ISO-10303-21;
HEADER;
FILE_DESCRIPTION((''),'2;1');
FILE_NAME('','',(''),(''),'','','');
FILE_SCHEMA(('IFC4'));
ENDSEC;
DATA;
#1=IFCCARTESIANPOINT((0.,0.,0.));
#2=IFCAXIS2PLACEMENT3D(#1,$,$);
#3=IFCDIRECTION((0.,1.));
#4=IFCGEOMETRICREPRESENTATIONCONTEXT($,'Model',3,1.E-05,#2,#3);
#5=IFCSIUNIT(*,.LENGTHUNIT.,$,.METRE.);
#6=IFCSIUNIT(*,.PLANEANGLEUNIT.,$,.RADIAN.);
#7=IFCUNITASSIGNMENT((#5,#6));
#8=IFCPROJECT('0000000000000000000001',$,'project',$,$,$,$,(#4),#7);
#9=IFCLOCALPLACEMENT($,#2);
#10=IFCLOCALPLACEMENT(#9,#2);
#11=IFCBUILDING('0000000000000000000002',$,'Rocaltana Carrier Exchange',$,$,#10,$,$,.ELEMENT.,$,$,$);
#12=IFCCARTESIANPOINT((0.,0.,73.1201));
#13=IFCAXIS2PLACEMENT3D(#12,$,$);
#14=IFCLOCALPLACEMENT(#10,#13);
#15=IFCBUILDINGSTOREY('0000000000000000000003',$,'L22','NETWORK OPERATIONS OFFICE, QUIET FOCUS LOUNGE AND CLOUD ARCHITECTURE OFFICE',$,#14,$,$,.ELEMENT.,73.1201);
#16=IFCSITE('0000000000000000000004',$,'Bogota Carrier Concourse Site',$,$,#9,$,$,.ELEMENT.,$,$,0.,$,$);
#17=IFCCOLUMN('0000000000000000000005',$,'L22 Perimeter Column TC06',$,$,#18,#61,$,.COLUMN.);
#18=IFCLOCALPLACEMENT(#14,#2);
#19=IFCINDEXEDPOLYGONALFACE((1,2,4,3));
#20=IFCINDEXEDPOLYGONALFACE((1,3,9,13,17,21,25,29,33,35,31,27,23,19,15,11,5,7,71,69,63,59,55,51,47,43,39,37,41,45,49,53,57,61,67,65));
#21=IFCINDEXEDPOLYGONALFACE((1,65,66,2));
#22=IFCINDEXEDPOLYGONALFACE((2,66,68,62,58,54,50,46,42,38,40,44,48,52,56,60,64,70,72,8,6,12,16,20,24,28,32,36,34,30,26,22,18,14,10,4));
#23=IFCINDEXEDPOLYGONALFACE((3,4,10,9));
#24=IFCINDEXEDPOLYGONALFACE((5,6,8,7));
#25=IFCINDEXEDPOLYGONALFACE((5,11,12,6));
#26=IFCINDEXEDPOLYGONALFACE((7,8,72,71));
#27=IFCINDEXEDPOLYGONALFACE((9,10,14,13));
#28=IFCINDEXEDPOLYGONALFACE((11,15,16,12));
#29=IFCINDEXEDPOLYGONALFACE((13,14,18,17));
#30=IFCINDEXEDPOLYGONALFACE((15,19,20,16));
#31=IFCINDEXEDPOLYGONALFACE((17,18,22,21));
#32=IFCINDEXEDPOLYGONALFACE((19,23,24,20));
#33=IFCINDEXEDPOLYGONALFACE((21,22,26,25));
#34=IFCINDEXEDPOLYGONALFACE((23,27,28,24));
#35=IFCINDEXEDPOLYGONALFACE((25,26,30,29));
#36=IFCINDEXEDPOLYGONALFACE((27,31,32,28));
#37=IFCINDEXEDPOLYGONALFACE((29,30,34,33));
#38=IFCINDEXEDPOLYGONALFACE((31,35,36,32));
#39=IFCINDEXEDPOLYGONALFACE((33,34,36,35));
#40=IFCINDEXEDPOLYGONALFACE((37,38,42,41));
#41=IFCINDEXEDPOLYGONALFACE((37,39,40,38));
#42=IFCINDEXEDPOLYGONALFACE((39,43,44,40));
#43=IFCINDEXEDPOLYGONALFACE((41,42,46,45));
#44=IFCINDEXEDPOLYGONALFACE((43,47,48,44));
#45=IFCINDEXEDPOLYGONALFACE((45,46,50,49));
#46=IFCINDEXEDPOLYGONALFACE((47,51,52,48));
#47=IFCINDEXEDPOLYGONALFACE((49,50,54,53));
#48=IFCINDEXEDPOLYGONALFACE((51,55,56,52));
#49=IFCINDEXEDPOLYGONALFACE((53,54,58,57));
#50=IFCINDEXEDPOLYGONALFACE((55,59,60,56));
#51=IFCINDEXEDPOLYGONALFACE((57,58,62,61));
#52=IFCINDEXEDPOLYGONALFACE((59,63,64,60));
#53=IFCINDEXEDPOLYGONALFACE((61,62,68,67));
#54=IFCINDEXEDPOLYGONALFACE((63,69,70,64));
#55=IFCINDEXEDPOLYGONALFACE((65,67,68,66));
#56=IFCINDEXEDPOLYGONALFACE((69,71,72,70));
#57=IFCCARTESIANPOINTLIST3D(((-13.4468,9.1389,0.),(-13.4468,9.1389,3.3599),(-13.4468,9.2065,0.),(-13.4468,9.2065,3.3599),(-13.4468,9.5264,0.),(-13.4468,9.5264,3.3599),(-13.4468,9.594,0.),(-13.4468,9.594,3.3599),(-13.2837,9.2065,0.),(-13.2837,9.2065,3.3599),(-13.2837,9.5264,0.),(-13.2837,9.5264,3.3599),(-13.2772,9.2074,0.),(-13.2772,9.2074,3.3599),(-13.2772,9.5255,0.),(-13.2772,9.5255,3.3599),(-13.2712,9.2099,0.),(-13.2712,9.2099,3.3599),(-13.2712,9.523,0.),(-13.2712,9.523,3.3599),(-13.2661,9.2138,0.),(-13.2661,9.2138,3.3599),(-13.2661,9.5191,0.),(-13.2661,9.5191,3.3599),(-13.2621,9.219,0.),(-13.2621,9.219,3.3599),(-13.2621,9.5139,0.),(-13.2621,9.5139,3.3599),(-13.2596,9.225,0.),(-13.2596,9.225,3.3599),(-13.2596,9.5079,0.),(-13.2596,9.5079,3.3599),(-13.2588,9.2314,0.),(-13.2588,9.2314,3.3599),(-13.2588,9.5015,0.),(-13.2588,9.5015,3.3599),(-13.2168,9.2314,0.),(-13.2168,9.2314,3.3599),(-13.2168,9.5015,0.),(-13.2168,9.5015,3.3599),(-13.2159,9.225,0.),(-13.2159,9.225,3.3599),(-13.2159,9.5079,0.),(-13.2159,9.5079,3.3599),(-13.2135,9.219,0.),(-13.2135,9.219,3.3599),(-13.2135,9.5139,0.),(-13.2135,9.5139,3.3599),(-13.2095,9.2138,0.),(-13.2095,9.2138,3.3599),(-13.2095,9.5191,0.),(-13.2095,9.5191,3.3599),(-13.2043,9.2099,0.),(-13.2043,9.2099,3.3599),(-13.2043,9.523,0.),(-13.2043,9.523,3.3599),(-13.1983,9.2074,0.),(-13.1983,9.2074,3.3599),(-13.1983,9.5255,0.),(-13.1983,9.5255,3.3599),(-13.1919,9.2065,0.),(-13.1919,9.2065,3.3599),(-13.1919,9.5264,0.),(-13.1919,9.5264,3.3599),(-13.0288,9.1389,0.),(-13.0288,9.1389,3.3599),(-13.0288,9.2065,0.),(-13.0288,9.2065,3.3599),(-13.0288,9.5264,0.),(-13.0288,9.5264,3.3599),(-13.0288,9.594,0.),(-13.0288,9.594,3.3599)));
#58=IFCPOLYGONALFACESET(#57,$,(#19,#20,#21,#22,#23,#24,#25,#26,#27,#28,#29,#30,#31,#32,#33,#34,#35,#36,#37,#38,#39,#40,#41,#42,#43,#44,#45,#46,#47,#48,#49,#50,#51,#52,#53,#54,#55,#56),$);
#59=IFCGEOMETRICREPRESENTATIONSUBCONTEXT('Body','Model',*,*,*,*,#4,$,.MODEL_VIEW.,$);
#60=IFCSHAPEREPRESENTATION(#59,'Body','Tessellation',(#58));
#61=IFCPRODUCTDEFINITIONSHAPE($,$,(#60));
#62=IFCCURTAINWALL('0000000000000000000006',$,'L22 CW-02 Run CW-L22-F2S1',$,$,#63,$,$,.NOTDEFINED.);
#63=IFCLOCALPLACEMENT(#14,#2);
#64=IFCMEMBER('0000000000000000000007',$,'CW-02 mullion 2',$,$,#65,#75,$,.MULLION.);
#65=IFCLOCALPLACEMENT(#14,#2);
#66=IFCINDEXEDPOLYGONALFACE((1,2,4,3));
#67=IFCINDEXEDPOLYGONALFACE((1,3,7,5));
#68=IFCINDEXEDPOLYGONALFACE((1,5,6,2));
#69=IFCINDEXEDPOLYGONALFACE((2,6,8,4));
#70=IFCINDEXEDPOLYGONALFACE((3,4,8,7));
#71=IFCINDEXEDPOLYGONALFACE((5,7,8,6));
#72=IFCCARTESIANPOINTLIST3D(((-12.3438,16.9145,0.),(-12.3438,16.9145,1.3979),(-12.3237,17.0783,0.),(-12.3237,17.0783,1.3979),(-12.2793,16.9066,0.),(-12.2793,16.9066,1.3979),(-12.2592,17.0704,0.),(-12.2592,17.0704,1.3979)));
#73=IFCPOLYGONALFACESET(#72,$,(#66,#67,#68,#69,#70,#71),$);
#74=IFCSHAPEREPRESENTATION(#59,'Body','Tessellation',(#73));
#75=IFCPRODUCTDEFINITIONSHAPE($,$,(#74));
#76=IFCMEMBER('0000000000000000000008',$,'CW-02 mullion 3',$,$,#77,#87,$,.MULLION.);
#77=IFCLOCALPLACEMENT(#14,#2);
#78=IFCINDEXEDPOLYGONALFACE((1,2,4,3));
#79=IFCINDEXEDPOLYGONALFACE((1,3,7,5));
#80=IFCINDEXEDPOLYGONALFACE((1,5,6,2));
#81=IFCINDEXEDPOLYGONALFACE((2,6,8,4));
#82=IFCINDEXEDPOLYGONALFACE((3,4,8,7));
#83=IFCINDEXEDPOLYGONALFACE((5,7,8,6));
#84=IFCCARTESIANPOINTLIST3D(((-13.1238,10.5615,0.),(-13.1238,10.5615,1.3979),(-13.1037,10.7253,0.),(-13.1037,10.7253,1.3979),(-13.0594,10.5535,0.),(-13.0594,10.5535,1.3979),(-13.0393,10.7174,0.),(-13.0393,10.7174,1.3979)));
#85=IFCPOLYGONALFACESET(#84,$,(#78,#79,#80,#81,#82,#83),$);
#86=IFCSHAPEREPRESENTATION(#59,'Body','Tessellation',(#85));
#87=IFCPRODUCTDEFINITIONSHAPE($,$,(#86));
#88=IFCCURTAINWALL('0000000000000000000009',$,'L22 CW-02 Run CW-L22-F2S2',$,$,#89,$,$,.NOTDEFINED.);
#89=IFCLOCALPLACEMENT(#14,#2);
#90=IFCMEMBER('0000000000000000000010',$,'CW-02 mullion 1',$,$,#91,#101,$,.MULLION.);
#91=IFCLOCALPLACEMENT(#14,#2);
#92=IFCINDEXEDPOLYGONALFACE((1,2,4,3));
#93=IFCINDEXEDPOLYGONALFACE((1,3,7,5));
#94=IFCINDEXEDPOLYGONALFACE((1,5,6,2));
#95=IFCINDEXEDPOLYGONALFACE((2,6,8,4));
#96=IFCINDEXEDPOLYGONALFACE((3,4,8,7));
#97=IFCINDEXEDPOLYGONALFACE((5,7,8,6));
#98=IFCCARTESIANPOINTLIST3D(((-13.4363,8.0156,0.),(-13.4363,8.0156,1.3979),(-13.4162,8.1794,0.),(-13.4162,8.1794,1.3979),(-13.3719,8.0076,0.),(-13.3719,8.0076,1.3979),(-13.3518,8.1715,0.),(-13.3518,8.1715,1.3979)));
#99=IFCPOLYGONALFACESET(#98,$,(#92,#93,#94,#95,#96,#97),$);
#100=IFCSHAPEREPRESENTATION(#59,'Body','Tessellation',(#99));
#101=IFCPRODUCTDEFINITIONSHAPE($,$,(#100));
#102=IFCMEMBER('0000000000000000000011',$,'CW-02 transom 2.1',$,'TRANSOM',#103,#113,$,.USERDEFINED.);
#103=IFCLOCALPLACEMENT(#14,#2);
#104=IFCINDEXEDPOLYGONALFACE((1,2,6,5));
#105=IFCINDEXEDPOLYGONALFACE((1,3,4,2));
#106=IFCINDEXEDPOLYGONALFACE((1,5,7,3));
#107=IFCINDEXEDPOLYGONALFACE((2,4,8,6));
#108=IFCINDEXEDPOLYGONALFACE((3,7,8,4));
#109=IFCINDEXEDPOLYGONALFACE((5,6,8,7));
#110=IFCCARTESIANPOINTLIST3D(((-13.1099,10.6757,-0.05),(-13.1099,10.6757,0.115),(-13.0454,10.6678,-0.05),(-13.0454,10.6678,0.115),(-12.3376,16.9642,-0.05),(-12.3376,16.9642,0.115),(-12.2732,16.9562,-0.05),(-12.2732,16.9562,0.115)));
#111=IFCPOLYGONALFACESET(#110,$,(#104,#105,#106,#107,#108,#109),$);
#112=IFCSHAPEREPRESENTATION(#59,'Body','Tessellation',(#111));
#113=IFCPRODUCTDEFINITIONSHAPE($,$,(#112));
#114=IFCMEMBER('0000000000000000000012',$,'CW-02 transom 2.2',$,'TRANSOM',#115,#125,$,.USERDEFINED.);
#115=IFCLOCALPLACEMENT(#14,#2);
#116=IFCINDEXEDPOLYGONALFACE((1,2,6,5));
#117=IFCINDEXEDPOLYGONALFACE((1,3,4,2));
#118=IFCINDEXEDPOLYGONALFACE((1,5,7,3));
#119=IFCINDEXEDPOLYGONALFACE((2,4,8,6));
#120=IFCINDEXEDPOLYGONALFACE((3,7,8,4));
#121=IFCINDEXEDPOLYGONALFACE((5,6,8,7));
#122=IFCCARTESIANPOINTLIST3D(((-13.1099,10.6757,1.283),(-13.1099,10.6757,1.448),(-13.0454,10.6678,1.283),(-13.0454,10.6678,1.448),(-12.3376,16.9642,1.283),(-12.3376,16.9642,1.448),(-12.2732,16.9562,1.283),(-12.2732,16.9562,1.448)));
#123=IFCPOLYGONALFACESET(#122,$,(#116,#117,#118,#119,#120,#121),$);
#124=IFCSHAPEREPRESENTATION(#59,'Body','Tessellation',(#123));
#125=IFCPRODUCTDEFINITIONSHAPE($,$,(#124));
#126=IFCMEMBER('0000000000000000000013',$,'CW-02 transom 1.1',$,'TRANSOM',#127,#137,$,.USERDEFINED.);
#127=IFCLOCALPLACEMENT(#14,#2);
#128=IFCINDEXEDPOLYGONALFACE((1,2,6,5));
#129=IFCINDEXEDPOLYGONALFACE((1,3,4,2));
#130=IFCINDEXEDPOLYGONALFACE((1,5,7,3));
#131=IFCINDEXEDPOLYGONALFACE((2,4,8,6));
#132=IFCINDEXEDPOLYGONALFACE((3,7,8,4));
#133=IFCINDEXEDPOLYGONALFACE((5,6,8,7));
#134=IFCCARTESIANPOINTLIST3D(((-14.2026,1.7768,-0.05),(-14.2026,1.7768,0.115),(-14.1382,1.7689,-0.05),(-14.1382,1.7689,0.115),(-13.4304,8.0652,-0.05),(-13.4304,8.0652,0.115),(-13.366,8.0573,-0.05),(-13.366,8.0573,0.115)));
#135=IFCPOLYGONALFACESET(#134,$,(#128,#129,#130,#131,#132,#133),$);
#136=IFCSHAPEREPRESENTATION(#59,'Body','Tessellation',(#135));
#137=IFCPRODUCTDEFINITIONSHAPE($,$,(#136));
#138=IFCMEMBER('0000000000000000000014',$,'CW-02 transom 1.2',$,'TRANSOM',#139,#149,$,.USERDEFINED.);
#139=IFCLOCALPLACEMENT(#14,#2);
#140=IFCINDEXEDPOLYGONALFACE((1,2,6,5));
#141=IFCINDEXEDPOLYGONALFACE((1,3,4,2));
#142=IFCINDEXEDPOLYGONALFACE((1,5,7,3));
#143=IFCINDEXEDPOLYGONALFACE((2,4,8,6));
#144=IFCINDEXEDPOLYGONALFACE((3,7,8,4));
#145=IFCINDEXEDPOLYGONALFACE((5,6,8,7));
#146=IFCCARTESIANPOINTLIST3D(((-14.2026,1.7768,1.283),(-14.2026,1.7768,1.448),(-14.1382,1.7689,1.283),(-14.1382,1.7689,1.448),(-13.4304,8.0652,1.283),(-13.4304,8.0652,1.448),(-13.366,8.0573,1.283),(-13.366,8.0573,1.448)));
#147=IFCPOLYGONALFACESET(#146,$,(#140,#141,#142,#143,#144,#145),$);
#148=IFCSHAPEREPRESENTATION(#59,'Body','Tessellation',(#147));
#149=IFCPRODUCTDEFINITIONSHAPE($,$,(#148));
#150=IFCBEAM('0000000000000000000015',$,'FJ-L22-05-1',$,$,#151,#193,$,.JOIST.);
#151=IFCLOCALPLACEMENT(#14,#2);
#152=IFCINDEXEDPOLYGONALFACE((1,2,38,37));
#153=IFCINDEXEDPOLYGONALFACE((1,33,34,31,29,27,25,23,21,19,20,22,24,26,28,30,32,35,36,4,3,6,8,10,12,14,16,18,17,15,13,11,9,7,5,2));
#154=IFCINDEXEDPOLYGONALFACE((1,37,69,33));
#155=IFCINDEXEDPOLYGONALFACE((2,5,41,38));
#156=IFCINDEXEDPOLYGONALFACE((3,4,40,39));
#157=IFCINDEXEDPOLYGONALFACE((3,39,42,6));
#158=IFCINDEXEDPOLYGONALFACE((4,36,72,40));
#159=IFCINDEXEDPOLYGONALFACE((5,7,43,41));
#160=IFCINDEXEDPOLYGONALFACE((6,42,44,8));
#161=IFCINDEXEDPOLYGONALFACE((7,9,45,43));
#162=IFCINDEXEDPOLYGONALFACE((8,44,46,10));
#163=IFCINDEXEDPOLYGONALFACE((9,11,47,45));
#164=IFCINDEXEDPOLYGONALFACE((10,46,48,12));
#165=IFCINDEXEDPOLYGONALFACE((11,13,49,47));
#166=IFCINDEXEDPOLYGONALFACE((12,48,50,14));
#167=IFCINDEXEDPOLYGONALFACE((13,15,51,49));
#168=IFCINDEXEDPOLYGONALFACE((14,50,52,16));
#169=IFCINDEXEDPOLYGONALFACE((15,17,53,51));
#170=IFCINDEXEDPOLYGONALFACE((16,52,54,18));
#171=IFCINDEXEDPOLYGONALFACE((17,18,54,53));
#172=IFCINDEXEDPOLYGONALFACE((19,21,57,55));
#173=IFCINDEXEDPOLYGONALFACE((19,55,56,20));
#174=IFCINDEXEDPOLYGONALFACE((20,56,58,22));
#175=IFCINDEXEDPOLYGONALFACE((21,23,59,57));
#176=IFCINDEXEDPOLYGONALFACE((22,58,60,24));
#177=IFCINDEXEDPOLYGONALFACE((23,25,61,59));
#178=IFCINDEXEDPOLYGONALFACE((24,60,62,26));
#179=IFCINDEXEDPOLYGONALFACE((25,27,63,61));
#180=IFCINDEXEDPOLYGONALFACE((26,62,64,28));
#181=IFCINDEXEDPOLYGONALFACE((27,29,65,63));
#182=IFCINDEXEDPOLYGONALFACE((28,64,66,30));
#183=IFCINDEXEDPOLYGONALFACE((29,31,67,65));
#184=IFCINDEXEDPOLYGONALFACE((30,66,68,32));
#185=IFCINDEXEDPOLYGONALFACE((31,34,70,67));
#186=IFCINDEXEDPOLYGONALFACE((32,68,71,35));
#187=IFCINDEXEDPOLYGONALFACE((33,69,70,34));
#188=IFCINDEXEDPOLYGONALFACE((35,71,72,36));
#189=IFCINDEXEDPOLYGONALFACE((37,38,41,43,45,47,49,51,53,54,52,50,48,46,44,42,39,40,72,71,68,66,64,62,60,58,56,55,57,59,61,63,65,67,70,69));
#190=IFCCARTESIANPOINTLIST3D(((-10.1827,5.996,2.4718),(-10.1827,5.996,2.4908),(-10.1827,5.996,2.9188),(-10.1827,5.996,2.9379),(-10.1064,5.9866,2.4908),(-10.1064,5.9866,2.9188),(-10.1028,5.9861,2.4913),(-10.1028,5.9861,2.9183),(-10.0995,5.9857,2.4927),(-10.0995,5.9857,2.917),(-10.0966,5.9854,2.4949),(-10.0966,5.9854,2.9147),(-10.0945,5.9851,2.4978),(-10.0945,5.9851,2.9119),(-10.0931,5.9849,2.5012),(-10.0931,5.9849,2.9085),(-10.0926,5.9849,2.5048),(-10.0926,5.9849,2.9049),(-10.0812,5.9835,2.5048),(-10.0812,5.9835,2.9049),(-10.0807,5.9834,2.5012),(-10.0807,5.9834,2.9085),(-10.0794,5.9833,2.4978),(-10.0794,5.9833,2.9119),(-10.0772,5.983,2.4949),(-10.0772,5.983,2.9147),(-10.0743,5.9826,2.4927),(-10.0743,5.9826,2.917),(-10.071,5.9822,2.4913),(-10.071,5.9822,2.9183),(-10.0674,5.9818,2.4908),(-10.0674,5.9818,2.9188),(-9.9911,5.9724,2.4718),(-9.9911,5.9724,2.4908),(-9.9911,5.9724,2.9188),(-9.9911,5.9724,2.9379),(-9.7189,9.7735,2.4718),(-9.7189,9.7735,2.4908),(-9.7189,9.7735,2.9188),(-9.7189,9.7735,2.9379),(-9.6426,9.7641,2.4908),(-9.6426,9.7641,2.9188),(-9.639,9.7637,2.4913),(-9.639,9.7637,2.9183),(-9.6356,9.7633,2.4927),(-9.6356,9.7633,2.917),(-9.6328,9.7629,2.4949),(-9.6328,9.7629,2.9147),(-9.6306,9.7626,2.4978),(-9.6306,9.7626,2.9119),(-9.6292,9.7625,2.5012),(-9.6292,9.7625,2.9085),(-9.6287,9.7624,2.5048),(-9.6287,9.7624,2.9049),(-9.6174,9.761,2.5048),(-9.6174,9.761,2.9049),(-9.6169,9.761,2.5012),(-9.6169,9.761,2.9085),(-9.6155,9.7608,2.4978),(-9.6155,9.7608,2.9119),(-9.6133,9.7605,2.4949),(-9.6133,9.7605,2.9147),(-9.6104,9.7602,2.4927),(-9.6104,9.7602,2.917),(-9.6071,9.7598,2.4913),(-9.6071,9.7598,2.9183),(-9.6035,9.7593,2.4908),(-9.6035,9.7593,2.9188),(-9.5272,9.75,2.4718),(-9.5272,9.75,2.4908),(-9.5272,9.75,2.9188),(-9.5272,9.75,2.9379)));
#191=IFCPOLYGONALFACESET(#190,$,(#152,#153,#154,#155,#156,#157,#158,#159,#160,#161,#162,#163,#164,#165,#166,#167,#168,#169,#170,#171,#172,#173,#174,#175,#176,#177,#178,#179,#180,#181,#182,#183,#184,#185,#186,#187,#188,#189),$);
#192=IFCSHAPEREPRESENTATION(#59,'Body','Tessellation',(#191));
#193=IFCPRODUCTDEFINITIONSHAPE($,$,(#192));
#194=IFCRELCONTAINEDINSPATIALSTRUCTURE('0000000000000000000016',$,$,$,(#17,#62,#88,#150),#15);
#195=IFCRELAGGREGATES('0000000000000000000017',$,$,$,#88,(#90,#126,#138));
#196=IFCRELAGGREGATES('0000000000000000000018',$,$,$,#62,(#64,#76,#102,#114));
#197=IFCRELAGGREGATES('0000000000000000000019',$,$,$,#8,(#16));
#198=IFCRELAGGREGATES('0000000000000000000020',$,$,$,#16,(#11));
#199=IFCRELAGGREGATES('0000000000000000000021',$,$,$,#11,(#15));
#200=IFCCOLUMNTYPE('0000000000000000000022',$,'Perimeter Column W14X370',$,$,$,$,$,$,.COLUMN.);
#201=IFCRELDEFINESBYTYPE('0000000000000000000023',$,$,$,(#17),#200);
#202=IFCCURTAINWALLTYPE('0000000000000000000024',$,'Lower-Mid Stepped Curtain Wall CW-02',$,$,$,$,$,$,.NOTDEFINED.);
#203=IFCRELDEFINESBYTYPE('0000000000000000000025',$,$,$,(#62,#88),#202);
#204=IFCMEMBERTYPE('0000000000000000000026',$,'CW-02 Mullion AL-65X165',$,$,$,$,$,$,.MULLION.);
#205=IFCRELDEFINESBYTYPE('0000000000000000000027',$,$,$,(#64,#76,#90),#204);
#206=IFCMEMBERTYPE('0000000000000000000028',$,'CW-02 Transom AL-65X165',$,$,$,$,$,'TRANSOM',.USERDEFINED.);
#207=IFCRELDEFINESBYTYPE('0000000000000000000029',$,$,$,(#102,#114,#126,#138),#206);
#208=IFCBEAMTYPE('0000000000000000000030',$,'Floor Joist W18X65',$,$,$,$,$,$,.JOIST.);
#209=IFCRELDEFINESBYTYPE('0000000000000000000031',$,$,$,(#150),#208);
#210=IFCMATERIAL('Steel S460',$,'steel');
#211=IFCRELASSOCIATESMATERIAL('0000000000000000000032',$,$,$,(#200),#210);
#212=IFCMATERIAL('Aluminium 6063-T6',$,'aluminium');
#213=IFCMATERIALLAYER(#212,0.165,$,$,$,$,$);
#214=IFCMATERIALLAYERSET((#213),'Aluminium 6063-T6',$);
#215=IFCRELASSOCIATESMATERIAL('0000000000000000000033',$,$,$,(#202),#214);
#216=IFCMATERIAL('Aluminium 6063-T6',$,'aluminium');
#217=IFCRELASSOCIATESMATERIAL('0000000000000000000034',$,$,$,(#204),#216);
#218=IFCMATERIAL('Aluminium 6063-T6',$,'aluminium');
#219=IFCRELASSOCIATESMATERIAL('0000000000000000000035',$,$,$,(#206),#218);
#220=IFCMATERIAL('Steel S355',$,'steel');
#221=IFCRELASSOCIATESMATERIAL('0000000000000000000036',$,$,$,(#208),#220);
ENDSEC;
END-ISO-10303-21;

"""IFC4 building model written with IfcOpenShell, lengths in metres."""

from ifc_helpers import new_model, si_unit, direction, frame, origin, origin_2d, place, context, subcontext, project, spatial, rectangle, i_section, extrude, material, layer, layer_set, material_profile, profile_set, type_object, element, aggregate, save


model = new_model("IFC4")

# Units and contexts
model_context = context("Model", 3, precision=1e-05, world=origin(), true_north=direction((0.0, 1.0)))
body_context = subcontext(model_context, "Body", "Model", "MODEL_VIEW")
ifc_project = project(units=[si_unit("LENGTHUNIT", "METRE"), si_unit("PLANEANGLEUNIT", "RADIAN")], contexts=[model_context])

# Site, building, storey
site_placement = place(None, origin())
site = spatial("IfcSite", under=ifc_project, at=site_placement, Name="Bogota Carrier Concourse Site", CompositionType="ELEMENT", RefElevation=0.0)
building_placement = place(site_placement, origin())
building = spatial("IfcBuilding", under=site, at=building_placement, Name="Rocaltana Carrier Exchange", CompositionType="ELEMENT")
storey_placement = place(building_placement, frame((0.0, 0.0, 73.1201)))
storey = spatial("IfcBuildingStorey", under=building, at=storey_placement, Name="L22", Description="NETWORK OPERATIONS OFFICE, QUIET FOCUS LOUNGE AND CLOUD ARCHITECTURE OFFICE", CompositionType="ELEMENT", Elevation=73.1201)

# Column
ifc_material_1 = material(Name="Steel S460", Category="steel")
ifc_material_profile_1 = material_profile(ifc_material_1, i_section(OverallWidth=0.418, OverallDepth=0.4551, WebThickness=0.042, FlangeThickness=0.0676, FilletRadius=0.0249, at=origin_2d()), Name="W14X370")
ifc_profile_set_1 = profile_set([ifc_material_profile_1], Name="Steel S460")
column_type = type_object("IfcColumnType", Name="Perimeter Column W14X370", PredefinedType="COLUMN", material=ifc_profile_set_1)
column_placement = place(storey_placement, frame((-13.2378, 9.3665, 0.0), z_axis=(0.0, 0.0, 1.0), x_axis=(1.0, 0.0, 0.0)))
element("IfcColumn", 1, at=column_placement, inside=storey, type_object=column_type, Name="L22 Perimeter Column TC06", PredefinedType="COLUMN", context=body_context, shape_type="SweptSolid", body=[
    extrude(i_section(OverallWidth=0.418, OverallDepth=0.4551, WebThickness=0.042, FlangeThickness=0.0676, FilletRadius=0.0249, at=origin_2d()), origin(), (0.0, 0.0, 1.0), 3.3599),
])

# Curtain wall, members
ifc_material_2 = material(Name="Aluminium 6063-T6", Category="aluminium")
ifc_layer_1 = layer(ifc_material_2, 0.165)
ifc_layer_set_1 = layer_set([ifc_layer_1], Name="Aluminium 6063-T6")
curtain_wall_type = type_object("IfcCurtainWallType", Name="Lower-Mid Stepped Curtain Wall CW-02", PredefinedType="NOTDEFINED", material=ifc_layer_set_1)
curtain_wall_1_placement = place(storey_placement, origin())
curtain_wall_1 = element("IfcCurtainWall", 2, at=curtain_wall_1_placement, inside=storey, type_object=curtain_wall_type, Name="L22 CW-02 Run CW-L22-F2S1", PredefinedType="NOTDEFINED")
ifc_material_3 = material(Name="Aluminium 6063-T6", Category="aluminium")
ifc_material_profile_2 = material_profile(ifc_material_3, rectangle(XDim=0.0649, YDim=0.165, at=origin_2d()), Name="AL-65X165")
ifc_profile_set_2 = profile_set([ifc_material_profile_2], Name="Aluminium 6063-T6")
member_type_1 = type_object("IfcMemberType", Name="CW-02 Mullion AL-65X165", PredefinedType="MULLION", material=ifc_profile_set_2)
member_1_placement = place(storey_placement, frame((-12.3015, 16.9924, 0.0), z_axis=(0.0, 0.0, 1.0), x_axis=(0.992546, -0.121873, 0.0)))
member_1 = element("IfcMember", 3, at=member_1_placement, type_object=member_type_1, Name="CW-02 mullion 2", PredefinedType="MULLION", context=body_context, shape_type="SweptSolid", body=[
    extrude(rectangle(XDim=0.0649, YDim=0.165, at=origin_2d()), origin(), (0.0, 0.0, 1.0), 1.3979),
])
member_2_placement = place(storey_placement, frame((-13.0815, 10.6394, 0.0), z_axis=(0.0, 0.0, 1.0), x_axis=(0.992546, -0.121873, 0.0)))
member_2 = element("IfcMember", 4, at=member_2_placement, type_object=member_type_1, Name="CW-02 mullion 3", PredefinedType="MULLION", context=body_context, shape_type="SweptSolid", body=[
    extrude(rectangle(XDim=0.0649, YDim=0.165, at=origin_2d()), origin(), (0.0, 0.0, 1.0), 1.3979),
])

# Curtain wall, member
curtain_wall_2_placement = place(storey_placement, origin())
curtain_wall_2 = element("IfcCurtainWall", 5, at=curtain_wall_2_placement, inside=storey, type_object=curtain_wall_type, Name="L22 CW-02 Run CW-L22-F2S2", PredefinedType="NOTDEFINED")
member_3_placement = place(storey_placement, frame((-13.394, 8.0935, 0.0), z_axis=(0.0, 0.0, 1.0), x_axis=(0.992546, -0.121874, 0.0)))
member_3 = element("IfcMember", 6, at=member_3_placement, type_object=member_type_1, Name="CW-02 mullion 1", PredefinedType="MULLION", context=body_context, shape_type="SweptSolid", body=[
    extrude(rectangle(XDim=0.0649, YDim=0.165, at=origin_2d()), origin(), (0.0, 0.0, 1.0), 1.3979),
])

# Members
ifc_material_4 = material(Name="Aluminium 6063-T6", Category="aluminium")
ifc_material_profile_3 = material_profile(ifc_material_4, rectangle(XDim=0.0649, YDim=0.165, at=origin_2d()), Name="AL-65X165")
ifc_profile_set_3 = profile_set([ifc_material_profile_3], Name="Aluminium 6063-T6")
member_type_2 = type_object("IfcMemberType", Name="CW-02 Transom AL-65X165", ElementType="TRANSOM", PredefinedType="USERDEFINED", material=ifc_profile_set_3)
member_4_placement = place(storey_placement, frame((-12.3054, 16.9602, 0.0325), z_axis=(-0.121881, -0.992545, 0.0), x_axis=(0.992545, -0.121881, 0.0)))
member_4 = element("IfcMember", 7, at=member_4_placement, type_object=member_type_2, Name="CW-02 transom 2.1", ObjectType="TRANSOM", PredefinedType="USERDEFINED", context=body_context, shape_type="SweptSolid", body=[
    extrude(rectangle(XDim=0.0649, YDim=0.165, at=origin_2d()), origin(), (0.0, 0.0, 1.0), 6.3357),
])
member_5_placement = place(storey_placement, frame((-12.3054, 16.9602, 1.3655), z_axis=(-0.121881, -0.992545, 0.0), x_axis=(0.992545, -0.121881, 0.0)))
member_5 = element("IfcMember", 8, at=member_5_placement, type_object=member_type_2, Name="CW-02 transom 2.2", ObjectType="TRANSOM", PredefinedType="USERDEFINED", context=body_context, shape_type="SweptSolid", body=[
    extrude(rectangle(XDim=0.0649, YDim=0.165, at=origin_2d()), origin(), (0.0, 0.0, 1.0), 6.3357),
])
member_6_placement = place(storey_placement, frame((-13.3982, 8.0613, 0.0325), z_axis=(-0.121881, -0.992545, 0.0), x_axis=(0.992545, -0.121881, 0.0)))
member_6 = element("IfcMember", 9, at=member_6_placement, type_object=member_type_2, Name="CW-02 transom 1.1", ObjectType="TRANSOM", PredefinedType="USERDEFINED", context=body_context, shape_type="SweptSolid", body=[
    extrude(rectangle(XDim=0.0649, YDim=0.165, at=origin_2d()), origin(), (0.0, 0.0, 1.0), 6.3357),
])
member_7_placement = place(storey_placement, frame((-13.3982, 8.0613, 1.3655), z_axis=(-0.121881, -0.992545, 0.0), x_axis=(0.992545, -0.121881, 0.0)))
member_7 = element("IfcMember", 10, at=member_7_placement, type_object=member_type_2, Name="CW-02 transom 1.2", ObjectType="TRANSOM", PredefinedType="USERDEFINED", context=body_context, shape_type="SweptSolid", body=[
    extrude(rectangle(XDim=0.0649, YDim=0.165, at=origin_2d()), origin(), (0.0, 0.0, 1.0), 6.3357),
])
aggregate(curtain_wall_2, [member_3, member_6, member_7])

# Beam
ifc_material_5 = material(Name="Steel S355", Category="steel")
ifc_material_profile_4 = material_profile(ifc_material_5, i_section(OverallWidth=0.1931, OverallDepth=0.4661, WebThickness=0.0115, FlangeThickness=0.019, FilletRadius=0.0139, at=origin_2d()), Name="W18X65")
ifc_profile_set_4 = profile_set([ifc_material_profile_4], Name="Steel S355")
beam_type_1 = type_object("IfcBeamType", Name="Floor Joist W18X65", PredefinedType="JOIST", material=ifc_profile_set_4)
beam_1_placement = place(storey_placement, frame((-9.623, 9.7617, 2.7048), z_axis=(-0.121879, -0.992545, 0.0), x_axis=(0.992545, -0.121879, 0.0)))
element("IfcBeam", 11, at=beam_1_placement, inside=storey, type_object=beam_type_1, Name="FJ-L22-05-1", PredefinedType="JOIST", context=body_context, shape_type="SweptSolid", body=[
    extrude(i_section(OverallWidth=0.1931, OverallDepth=0.4661, WebThickness=0.0115, FlangeThickness=0.019, FilletRadius=0.0139, at=origin_2d()), origin(), (0.0, 0.0, 1.0), 3.8059),
])

aggregate(curtain_wall_1, [member_1, member_2, member_4, member_5])

save(model, "model.ifc")
